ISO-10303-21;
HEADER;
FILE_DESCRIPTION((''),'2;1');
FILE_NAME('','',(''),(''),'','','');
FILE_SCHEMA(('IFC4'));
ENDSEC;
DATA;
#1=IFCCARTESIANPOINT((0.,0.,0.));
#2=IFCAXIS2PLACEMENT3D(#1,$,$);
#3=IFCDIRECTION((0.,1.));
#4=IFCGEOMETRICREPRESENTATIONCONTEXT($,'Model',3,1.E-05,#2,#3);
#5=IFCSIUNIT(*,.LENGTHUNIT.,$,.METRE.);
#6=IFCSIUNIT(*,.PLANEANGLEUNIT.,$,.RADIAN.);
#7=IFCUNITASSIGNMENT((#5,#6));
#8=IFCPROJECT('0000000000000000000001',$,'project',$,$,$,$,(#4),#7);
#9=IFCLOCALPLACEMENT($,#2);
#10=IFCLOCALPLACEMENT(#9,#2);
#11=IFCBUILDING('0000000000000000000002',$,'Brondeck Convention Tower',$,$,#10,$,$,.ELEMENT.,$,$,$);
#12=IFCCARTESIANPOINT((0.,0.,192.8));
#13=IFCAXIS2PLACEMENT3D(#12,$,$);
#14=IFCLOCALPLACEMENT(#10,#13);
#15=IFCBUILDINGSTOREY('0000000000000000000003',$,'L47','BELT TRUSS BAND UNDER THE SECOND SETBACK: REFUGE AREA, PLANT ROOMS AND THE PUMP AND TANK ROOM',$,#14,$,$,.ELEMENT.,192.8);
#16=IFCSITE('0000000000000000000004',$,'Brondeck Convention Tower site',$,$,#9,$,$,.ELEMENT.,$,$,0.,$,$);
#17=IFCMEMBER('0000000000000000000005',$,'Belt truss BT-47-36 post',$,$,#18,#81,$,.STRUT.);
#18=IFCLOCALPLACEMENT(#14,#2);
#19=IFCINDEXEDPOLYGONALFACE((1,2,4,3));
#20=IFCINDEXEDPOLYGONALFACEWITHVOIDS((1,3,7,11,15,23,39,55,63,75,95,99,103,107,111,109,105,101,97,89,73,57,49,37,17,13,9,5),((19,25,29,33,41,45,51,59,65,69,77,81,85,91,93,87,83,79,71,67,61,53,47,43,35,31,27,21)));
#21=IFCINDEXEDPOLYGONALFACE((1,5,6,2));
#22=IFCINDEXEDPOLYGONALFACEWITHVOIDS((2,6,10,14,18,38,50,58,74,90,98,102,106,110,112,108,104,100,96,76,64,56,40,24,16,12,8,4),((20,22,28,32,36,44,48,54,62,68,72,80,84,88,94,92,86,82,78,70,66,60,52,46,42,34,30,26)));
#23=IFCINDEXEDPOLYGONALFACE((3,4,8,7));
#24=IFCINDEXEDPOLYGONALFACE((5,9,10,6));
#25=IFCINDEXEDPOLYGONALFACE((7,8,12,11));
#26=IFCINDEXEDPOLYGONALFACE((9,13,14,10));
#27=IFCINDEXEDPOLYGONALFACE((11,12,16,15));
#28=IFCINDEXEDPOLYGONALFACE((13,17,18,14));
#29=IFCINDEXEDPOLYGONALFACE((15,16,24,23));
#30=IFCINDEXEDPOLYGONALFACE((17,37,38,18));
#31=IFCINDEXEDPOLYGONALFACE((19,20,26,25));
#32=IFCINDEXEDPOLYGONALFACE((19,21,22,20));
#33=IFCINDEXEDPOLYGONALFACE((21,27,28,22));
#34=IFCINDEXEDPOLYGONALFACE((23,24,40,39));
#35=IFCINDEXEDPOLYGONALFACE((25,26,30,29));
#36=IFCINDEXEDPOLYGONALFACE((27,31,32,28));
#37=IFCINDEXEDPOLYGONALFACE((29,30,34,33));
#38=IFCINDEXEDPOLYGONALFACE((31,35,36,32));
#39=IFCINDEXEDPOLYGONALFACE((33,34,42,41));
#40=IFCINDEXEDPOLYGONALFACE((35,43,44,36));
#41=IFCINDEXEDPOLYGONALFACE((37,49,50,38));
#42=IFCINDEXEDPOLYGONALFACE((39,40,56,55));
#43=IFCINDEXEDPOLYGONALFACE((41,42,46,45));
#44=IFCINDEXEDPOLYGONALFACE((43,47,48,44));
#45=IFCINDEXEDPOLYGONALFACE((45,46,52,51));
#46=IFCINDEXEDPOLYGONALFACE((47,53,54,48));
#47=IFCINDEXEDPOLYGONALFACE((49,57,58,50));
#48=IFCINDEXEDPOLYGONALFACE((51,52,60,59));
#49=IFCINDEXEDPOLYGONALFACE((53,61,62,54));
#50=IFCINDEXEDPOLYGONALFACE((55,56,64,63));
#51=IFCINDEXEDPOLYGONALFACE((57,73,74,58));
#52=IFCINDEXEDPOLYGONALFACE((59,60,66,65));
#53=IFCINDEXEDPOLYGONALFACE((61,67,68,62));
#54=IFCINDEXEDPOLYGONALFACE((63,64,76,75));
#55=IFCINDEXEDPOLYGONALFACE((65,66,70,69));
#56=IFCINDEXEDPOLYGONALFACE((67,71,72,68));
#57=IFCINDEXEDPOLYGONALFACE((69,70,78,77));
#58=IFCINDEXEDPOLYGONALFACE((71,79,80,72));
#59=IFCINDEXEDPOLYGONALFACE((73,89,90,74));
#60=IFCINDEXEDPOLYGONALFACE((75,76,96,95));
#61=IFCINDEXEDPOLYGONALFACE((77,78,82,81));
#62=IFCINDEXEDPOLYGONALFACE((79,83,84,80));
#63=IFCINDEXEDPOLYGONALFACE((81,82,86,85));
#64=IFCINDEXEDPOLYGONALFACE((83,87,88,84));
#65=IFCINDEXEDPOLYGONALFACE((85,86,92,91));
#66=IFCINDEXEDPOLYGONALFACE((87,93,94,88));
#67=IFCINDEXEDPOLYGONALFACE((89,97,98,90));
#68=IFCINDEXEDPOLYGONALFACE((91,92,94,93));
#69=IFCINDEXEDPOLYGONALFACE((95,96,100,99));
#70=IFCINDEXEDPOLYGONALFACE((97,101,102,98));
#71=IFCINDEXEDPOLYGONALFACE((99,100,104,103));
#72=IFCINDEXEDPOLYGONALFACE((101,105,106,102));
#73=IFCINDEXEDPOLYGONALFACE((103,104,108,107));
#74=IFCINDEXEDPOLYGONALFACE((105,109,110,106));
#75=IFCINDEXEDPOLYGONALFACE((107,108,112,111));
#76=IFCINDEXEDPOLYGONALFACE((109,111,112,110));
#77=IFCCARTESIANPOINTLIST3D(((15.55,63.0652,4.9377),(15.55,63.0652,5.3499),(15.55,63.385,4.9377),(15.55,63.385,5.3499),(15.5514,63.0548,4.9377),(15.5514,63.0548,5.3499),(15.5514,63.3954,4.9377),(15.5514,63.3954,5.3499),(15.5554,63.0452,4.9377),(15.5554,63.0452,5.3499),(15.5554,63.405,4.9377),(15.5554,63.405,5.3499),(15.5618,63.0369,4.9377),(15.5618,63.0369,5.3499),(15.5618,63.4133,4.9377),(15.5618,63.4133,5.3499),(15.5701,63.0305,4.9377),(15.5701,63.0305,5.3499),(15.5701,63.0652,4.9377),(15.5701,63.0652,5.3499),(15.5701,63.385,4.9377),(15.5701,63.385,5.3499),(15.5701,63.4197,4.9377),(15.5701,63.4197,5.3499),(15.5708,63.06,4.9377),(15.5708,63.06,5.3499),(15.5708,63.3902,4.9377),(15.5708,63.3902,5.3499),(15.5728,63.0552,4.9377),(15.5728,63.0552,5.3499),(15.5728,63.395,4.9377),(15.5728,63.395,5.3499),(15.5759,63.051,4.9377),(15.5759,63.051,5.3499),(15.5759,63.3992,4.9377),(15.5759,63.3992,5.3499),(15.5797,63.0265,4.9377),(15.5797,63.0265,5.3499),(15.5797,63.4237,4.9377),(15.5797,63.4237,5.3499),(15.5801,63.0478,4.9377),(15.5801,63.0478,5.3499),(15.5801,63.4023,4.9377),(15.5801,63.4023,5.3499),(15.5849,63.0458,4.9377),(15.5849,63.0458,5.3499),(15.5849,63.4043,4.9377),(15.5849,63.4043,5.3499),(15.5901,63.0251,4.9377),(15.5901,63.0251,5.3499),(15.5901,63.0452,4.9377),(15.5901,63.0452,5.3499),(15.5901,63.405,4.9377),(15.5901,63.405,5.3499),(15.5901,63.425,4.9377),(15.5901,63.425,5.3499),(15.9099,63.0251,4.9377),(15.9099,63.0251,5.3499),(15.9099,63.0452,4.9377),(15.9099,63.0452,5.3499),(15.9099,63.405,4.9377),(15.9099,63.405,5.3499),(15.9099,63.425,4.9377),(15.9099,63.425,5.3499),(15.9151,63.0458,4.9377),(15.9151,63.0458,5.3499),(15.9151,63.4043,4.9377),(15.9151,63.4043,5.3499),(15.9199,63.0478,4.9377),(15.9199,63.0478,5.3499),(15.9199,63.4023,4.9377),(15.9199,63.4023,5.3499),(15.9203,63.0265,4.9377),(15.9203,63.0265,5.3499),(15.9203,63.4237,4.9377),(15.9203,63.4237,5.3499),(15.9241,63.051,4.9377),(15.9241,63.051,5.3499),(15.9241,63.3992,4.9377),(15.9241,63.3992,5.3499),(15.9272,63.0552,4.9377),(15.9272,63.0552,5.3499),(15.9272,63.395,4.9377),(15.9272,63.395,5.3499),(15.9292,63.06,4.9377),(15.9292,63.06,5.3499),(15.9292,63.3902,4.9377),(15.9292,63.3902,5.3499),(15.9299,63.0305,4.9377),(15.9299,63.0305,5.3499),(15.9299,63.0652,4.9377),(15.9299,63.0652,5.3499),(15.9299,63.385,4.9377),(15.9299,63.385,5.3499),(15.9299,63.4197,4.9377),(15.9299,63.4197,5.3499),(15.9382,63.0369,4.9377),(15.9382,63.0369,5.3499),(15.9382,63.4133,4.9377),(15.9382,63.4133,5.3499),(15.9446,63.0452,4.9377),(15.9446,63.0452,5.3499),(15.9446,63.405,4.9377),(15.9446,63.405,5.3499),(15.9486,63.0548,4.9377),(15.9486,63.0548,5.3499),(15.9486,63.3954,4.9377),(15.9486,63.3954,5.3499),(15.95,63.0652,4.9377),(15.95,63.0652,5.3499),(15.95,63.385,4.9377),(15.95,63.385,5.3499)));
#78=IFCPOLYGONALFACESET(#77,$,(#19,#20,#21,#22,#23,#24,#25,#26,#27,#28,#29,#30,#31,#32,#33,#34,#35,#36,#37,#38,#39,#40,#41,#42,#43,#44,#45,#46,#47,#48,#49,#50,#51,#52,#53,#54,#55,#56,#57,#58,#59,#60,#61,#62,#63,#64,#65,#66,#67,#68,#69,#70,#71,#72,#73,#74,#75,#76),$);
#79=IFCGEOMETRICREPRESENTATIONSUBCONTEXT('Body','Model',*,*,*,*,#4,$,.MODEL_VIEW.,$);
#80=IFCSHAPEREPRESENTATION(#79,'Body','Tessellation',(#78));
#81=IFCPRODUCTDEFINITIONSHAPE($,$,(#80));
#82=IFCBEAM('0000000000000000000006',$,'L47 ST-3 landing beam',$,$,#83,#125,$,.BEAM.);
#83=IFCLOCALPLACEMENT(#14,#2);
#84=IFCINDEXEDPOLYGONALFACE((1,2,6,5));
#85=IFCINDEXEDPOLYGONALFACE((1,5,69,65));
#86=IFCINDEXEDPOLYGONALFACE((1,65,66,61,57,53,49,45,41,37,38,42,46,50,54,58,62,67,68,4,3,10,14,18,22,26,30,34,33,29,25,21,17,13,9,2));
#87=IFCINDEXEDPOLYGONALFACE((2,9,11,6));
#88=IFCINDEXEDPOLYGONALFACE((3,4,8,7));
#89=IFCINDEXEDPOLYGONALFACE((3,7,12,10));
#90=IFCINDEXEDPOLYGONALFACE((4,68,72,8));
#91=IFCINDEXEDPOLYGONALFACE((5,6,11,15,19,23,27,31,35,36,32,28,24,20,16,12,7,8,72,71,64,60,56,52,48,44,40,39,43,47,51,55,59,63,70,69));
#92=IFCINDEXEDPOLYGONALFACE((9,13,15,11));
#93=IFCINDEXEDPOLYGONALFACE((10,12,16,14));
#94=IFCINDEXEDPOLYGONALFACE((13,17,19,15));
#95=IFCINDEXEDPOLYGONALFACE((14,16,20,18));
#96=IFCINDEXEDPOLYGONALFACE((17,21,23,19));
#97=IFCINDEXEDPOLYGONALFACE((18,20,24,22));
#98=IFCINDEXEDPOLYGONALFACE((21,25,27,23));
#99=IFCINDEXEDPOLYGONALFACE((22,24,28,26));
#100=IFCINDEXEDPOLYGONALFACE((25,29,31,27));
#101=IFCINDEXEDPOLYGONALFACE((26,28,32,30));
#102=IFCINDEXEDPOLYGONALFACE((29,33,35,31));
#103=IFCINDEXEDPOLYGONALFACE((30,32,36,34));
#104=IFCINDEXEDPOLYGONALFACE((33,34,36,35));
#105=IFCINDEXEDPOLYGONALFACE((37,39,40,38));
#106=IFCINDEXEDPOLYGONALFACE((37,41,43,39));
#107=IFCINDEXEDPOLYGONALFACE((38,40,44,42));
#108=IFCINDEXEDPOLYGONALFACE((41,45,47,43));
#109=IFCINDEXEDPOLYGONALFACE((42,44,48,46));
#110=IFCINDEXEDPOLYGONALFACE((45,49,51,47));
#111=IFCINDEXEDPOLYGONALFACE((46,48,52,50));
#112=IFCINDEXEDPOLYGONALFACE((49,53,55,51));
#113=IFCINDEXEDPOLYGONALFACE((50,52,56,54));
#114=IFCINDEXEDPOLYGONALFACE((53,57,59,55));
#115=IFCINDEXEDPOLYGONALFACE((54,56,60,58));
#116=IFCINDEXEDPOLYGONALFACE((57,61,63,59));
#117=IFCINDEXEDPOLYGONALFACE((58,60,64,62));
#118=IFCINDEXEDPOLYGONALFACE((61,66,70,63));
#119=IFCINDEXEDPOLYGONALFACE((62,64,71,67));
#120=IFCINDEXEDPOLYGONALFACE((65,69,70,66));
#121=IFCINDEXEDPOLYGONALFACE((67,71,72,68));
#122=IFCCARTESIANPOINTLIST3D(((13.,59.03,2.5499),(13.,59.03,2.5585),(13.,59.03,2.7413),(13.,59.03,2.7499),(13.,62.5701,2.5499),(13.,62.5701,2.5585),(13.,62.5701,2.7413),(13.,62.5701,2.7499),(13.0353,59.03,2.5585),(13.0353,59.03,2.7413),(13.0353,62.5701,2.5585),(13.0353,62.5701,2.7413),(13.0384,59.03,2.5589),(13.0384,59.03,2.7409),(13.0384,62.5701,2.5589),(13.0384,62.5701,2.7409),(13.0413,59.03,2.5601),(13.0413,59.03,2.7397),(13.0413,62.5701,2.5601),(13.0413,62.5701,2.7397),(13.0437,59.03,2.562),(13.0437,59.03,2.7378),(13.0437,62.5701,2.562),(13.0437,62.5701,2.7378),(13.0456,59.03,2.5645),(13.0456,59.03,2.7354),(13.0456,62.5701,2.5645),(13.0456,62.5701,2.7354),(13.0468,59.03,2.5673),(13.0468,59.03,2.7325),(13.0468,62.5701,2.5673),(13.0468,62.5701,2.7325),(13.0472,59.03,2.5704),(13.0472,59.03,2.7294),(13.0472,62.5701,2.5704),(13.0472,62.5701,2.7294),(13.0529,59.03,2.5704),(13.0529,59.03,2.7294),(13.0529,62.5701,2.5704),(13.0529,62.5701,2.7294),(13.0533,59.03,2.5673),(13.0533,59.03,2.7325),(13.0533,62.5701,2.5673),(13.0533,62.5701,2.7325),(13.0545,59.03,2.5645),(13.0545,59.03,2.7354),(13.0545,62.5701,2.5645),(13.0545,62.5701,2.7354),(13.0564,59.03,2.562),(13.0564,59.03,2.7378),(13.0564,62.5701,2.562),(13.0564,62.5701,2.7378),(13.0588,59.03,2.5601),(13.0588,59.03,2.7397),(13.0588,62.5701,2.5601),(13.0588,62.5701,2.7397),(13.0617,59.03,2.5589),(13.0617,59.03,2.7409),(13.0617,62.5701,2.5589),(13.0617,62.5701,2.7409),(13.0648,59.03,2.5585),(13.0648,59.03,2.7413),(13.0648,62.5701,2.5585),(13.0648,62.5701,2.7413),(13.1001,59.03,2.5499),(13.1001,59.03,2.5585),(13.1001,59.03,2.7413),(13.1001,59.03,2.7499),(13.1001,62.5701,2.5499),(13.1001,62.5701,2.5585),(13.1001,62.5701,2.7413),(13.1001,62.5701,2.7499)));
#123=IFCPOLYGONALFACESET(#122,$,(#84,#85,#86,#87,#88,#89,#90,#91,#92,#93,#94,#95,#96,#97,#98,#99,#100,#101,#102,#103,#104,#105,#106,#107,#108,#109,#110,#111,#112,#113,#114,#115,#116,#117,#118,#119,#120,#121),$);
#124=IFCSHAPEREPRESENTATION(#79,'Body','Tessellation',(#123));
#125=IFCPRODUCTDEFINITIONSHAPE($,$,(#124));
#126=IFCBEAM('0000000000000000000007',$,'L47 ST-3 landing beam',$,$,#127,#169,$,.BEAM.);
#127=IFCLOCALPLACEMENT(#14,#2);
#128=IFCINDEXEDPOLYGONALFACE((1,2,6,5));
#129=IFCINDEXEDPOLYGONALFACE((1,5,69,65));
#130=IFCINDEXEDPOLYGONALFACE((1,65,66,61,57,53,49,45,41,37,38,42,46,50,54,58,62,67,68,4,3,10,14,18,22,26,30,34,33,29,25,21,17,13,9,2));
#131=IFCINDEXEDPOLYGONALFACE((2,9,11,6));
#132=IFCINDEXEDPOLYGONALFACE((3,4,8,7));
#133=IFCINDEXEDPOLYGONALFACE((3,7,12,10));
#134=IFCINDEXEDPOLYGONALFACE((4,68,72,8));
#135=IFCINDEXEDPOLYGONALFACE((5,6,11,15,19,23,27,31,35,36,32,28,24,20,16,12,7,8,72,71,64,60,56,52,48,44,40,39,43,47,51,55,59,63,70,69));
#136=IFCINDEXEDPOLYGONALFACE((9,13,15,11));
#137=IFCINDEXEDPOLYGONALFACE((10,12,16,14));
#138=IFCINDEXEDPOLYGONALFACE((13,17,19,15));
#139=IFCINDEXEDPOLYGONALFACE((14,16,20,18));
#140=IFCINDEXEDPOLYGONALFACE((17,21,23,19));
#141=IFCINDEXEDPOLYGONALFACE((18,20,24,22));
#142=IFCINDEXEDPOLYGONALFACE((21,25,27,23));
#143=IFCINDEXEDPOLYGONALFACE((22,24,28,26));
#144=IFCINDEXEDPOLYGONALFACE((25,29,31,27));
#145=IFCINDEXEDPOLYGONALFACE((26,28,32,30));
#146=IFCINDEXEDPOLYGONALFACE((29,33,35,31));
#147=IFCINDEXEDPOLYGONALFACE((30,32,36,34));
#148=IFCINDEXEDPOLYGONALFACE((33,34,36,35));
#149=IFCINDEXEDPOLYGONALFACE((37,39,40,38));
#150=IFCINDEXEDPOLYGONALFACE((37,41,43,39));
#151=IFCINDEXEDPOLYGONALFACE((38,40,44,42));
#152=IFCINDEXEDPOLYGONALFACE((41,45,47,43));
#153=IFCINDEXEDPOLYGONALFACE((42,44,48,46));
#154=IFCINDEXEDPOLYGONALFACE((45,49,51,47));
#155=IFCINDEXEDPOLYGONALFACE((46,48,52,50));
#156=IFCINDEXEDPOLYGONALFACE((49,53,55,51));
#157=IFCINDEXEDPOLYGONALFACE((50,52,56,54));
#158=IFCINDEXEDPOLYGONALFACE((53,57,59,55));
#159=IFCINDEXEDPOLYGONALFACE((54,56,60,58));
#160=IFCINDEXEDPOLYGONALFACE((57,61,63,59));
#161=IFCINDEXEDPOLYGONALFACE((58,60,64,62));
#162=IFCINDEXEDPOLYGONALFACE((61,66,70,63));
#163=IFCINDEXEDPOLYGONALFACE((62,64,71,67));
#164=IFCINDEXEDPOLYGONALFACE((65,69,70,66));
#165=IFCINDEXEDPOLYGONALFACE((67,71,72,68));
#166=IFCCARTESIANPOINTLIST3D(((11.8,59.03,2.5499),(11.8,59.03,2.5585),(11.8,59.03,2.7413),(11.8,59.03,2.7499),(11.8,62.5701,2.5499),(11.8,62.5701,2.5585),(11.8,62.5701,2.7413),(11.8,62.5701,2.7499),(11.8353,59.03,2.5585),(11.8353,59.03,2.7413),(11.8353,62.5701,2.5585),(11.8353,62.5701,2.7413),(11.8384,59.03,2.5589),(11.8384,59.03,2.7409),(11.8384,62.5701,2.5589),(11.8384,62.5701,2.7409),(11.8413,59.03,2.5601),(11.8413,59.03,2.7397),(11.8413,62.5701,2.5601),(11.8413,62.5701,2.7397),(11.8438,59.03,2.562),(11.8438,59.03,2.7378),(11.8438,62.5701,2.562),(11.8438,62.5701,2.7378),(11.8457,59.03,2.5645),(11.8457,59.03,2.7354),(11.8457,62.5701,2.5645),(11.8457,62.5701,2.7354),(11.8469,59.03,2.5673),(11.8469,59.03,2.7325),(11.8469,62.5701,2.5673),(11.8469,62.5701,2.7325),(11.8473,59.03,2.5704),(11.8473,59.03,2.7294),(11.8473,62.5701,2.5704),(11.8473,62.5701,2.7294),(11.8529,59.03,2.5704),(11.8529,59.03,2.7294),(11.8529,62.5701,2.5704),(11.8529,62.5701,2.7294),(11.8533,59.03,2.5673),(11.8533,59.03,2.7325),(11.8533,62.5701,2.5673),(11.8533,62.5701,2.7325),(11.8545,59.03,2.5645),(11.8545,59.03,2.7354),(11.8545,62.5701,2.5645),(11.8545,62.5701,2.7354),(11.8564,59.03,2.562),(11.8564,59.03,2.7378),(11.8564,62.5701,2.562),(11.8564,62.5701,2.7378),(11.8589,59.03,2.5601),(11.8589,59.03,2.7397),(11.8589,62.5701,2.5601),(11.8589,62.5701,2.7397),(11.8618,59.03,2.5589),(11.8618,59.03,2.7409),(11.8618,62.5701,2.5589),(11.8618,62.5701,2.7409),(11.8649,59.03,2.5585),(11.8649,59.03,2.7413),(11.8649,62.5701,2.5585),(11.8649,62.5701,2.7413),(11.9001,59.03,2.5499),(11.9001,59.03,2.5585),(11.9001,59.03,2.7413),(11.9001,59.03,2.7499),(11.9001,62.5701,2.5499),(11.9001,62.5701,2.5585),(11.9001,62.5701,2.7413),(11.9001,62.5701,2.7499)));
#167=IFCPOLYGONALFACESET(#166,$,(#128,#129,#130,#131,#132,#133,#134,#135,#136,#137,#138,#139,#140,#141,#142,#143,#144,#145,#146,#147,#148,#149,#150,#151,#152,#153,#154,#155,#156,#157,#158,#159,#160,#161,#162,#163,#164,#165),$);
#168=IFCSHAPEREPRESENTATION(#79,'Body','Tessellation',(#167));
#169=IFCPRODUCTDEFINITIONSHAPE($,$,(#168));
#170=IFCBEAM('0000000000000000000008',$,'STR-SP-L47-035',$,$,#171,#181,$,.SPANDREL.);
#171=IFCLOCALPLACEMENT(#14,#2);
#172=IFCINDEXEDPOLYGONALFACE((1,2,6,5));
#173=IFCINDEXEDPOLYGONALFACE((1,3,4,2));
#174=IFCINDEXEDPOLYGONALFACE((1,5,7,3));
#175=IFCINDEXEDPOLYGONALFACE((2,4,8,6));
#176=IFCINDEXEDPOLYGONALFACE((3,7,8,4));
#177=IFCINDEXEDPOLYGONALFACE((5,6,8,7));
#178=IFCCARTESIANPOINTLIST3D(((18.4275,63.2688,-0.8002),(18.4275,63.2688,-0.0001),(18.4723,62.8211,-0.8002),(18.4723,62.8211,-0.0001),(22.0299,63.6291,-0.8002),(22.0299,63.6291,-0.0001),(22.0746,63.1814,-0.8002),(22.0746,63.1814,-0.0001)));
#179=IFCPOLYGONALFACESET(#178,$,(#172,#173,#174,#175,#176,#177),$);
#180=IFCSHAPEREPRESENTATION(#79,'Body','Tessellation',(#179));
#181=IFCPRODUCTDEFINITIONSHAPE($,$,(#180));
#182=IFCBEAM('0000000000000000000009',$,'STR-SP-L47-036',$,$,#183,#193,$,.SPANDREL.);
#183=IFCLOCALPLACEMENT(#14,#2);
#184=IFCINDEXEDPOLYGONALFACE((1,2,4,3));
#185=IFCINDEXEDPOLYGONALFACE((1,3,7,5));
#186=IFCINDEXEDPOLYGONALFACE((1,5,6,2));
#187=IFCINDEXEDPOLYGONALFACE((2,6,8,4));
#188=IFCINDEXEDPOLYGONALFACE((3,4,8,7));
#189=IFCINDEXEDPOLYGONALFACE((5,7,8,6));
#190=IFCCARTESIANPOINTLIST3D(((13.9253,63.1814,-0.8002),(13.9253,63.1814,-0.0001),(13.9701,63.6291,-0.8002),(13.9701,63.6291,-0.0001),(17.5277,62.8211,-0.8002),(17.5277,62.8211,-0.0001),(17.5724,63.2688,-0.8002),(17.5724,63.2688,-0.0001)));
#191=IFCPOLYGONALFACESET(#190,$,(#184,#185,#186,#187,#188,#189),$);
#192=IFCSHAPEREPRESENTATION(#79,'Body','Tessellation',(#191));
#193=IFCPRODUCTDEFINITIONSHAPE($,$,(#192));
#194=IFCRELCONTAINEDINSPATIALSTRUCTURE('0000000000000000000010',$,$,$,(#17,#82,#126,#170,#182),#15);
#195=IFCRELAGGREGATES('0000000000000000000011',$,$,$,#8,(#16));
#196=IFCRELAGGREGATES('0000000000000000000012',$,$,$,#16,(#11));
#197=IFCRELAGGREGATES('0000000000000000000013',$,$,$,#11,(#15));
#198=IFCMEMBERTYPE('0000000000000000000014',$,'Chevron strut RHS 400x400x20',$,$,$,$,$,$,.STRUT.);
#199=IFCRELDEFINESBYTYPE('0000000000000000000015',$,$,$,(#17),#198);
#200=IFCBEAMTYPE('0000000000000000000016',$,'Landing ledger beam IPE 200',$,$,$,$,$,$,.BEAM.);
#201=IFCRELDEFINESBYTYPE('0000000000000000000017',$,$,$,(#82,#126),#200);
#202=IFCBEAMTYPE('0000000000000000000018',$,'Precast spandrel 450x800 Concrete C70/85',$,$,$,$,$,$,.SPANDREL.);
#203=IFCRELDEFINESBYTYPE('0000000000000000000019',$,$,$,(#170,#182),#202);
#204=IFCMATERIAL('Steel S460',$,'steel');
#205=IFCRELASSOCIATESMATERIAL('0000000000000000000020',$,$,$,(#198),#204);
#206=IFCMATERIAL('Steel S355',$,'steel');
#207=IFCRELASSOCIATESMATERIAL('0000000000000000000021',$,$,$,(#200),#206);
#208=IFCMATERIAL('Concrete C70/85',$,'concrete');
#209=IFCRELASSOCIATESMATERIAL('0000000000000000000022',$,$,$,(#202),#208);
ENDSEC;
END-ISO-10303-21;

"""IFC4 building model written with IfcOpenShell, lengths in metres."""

from ifc_helpers import new_model, si_unit, direction, frame, origin, origin_2d, place, context, subcontext, project, spatial, rectangle, hollow_rectangle, i_section, extrude, material, material_profile, profile_set, type_object, element, save


model = new_model("IFC4")

# Units and contexts
model_context = context("Model", 3, precision=1e-05, world=origin(), true_north=direction((0.0, 1.0)))
body_context = subcontext(model_context, "Body", "Model", "MODEL_VIEW")
ifc_project = project(units=[si_unit("LENGTHUNIT", "METRE"), si_unit("PLANEANGLEUNIT", "RADIAN")], contexts=[model_context])

# Site, building, storey
site_placement = place(None, origin())
site = spatial("IfcSite", under=ifc_project, at=site_placement, Name="Brondeck Convention Tower site", CompositionType="ELEMENT", RefElevation=0.0)
building_placement = place(site_placement, origin())
building = spatial("IfcBuilding", under=site, at=building_placement, Name="Brondeck Convention Tower", CompositionType="ELEMENT")
storey_placement = place(building_placement, frame((0.0, 0.0, 192.8)))
storey = spatial("IfcBuildingStorey", under=building, at=storey_placement, Name="L47", Description="BELT TRUSS BAND UNDER THE SECOND SETBACK: REFUGE AREA, PLANT ROOMS AND THE PUMP AND TANK ROOM", CompositionType="ELEMENT", Elevation=192.8)

# Shared definitions
ifc_material_1 = material(Name="Concrete C70/85", Category="concrete")

# Member
ifc_material_2 = material(Name="Steel S460", Category="steel")
ifc_material_profile_1 = material_profile(ifc_material_2, hollow_rectangle(XDim=0.3999, YDim=0.3999, WallThickness=0.02, InnerFilletRadius=0.02, OuterFilletRadius=0.04, at=origin_2d()), Name="RHS 400x400x20")
ifc_profile_set_1 = profile_set([ifc_material_profile_1], Name="Steel S460")
member_type_1 = type_object("IfcMemberType", Name="Chevron strut RHS 400x400x20", PredefinedType="STRUT", material=ifc_profile_set_1)
for number, where, z_axis, x_axis, name in (
    (1, (15.75, 63.2251, 4.9377), (0.0, 0.0, 1.0), (1.0, 0.0, 0.0), "Belt truss BT-47-36 post"),
):
    element("IfcMember", number, at=place(storey_placement, frame(where, z_axis=z_axis, x_axis=x_axis)), inside=storey, type_object=member_type_1, Name=name, PredefinedType="STRUT", context=body_context, shape_type="SweptSolid", body=[
        extrude(hollow_rectangle(XDim=0.3999, YDim=0.3999, WallThickness=0.02, InnerFilletRadius=0.02, OuterFilletRadius=0.04, at=origin_2d()), origin(), (0.0, 0.0, 1.0), 0.4121),
    ])

# Beams
ifc_material_3 = material(Name="Steel S355", Category="steel")
ifc_material_profile_2 = material_profile(ifc_material_3, i_section(OverallWidth=0.1001, OverallDepth=0.2, WebThickness=0.0056, FlangeThickness=0.0085, FilletRadius=0.012, at=origin_2d()), Name="IPE200")
ifc_profile_set_2 = profile_set([ifc_material_profile_2], Name="Steel S355")
beam_type_1 = type_object("IfcBeamType", Name="Landing ledger beam IPE 200", PredefinedType="BEAM", material=ifc_profile_set_2)
for number, where, z_axis, x_axis, name in (
    (2, (13.05, 62.5701, 2.6499), (0.0, -1.0, 0.0), (1.0, 0.0, 0.0), "L47 ST-3 landing beam"),
    (3, (11.8501, 62.5701, 2.6499), (0.0, -1.0, 0.0), (1.0, 0.0, 0.0), "L47 ST-3 landing beam"),
):
    element("IfcBeam", number, at=place(storey_placement, frame(where, z_axis=z_axis, x_axis=x_axis)), inside=storey, type_object=beam_type_1, Name=name, PredefinedType="BEAM", context=body_context, shape_type="SweptSolid", body=[
        extrude(i_section(OverallWidth=0.1001, OverallDepth=0.2, WebThickness=0.0056, FlangeThickness=0.0085, FilletRadius=0.012, at=origin_2d()), origin(), (0.0, 0.0, 1.0), 3.54),
    ])
ifc_material_profile_3 = material_profile(ifc_material_1, rectangle(XDim=0.45, YDim=0.8, at=origin_2d()), Name="Precast spandrel 450x800 Concrete C70/85")
ifc_profile_set_3 = profile_set([ifc_material_profile_3], Name="Concrete C70/85")
beam_type_2 = type_object("IfcBeamType", Name="Precast spandrel 450x800 Concrete C70/85", PredefinedType="SPANDREL", material=ifc_profile_set_3)
for number, where, z_axis, x_axis, name in (
    (4, (22.0522, 63.4053, -0.4001), (-0.995034, -0.099537, 0.0), (0.099537, -0.995034, 0.0), "STR-SP-L47-035"),
    (5, (17.55, 63.0449, -0.4001), (-0.995034, 0.099537, 0.0), (-0.099537, -0.995034, 0.0), "STR-SP-L47-036"),
):
    element("IfcBeam", number, at=place(storey_placement, frame(where, z_axis=z_axis, x_axis=x_axis)), inside=storey, type_object=beam_type_2, Name=name, PredefinedType="SPANDREL", context=body_context, shape_type="SweptSolid", body=[
        extrude(rectangle(XDim=0.45, YDim=0.8, at=origin_2d()), origin(), (0.0, 0.0, 1.0), 3.6204),
    ])

save(model, "model.ifc")
